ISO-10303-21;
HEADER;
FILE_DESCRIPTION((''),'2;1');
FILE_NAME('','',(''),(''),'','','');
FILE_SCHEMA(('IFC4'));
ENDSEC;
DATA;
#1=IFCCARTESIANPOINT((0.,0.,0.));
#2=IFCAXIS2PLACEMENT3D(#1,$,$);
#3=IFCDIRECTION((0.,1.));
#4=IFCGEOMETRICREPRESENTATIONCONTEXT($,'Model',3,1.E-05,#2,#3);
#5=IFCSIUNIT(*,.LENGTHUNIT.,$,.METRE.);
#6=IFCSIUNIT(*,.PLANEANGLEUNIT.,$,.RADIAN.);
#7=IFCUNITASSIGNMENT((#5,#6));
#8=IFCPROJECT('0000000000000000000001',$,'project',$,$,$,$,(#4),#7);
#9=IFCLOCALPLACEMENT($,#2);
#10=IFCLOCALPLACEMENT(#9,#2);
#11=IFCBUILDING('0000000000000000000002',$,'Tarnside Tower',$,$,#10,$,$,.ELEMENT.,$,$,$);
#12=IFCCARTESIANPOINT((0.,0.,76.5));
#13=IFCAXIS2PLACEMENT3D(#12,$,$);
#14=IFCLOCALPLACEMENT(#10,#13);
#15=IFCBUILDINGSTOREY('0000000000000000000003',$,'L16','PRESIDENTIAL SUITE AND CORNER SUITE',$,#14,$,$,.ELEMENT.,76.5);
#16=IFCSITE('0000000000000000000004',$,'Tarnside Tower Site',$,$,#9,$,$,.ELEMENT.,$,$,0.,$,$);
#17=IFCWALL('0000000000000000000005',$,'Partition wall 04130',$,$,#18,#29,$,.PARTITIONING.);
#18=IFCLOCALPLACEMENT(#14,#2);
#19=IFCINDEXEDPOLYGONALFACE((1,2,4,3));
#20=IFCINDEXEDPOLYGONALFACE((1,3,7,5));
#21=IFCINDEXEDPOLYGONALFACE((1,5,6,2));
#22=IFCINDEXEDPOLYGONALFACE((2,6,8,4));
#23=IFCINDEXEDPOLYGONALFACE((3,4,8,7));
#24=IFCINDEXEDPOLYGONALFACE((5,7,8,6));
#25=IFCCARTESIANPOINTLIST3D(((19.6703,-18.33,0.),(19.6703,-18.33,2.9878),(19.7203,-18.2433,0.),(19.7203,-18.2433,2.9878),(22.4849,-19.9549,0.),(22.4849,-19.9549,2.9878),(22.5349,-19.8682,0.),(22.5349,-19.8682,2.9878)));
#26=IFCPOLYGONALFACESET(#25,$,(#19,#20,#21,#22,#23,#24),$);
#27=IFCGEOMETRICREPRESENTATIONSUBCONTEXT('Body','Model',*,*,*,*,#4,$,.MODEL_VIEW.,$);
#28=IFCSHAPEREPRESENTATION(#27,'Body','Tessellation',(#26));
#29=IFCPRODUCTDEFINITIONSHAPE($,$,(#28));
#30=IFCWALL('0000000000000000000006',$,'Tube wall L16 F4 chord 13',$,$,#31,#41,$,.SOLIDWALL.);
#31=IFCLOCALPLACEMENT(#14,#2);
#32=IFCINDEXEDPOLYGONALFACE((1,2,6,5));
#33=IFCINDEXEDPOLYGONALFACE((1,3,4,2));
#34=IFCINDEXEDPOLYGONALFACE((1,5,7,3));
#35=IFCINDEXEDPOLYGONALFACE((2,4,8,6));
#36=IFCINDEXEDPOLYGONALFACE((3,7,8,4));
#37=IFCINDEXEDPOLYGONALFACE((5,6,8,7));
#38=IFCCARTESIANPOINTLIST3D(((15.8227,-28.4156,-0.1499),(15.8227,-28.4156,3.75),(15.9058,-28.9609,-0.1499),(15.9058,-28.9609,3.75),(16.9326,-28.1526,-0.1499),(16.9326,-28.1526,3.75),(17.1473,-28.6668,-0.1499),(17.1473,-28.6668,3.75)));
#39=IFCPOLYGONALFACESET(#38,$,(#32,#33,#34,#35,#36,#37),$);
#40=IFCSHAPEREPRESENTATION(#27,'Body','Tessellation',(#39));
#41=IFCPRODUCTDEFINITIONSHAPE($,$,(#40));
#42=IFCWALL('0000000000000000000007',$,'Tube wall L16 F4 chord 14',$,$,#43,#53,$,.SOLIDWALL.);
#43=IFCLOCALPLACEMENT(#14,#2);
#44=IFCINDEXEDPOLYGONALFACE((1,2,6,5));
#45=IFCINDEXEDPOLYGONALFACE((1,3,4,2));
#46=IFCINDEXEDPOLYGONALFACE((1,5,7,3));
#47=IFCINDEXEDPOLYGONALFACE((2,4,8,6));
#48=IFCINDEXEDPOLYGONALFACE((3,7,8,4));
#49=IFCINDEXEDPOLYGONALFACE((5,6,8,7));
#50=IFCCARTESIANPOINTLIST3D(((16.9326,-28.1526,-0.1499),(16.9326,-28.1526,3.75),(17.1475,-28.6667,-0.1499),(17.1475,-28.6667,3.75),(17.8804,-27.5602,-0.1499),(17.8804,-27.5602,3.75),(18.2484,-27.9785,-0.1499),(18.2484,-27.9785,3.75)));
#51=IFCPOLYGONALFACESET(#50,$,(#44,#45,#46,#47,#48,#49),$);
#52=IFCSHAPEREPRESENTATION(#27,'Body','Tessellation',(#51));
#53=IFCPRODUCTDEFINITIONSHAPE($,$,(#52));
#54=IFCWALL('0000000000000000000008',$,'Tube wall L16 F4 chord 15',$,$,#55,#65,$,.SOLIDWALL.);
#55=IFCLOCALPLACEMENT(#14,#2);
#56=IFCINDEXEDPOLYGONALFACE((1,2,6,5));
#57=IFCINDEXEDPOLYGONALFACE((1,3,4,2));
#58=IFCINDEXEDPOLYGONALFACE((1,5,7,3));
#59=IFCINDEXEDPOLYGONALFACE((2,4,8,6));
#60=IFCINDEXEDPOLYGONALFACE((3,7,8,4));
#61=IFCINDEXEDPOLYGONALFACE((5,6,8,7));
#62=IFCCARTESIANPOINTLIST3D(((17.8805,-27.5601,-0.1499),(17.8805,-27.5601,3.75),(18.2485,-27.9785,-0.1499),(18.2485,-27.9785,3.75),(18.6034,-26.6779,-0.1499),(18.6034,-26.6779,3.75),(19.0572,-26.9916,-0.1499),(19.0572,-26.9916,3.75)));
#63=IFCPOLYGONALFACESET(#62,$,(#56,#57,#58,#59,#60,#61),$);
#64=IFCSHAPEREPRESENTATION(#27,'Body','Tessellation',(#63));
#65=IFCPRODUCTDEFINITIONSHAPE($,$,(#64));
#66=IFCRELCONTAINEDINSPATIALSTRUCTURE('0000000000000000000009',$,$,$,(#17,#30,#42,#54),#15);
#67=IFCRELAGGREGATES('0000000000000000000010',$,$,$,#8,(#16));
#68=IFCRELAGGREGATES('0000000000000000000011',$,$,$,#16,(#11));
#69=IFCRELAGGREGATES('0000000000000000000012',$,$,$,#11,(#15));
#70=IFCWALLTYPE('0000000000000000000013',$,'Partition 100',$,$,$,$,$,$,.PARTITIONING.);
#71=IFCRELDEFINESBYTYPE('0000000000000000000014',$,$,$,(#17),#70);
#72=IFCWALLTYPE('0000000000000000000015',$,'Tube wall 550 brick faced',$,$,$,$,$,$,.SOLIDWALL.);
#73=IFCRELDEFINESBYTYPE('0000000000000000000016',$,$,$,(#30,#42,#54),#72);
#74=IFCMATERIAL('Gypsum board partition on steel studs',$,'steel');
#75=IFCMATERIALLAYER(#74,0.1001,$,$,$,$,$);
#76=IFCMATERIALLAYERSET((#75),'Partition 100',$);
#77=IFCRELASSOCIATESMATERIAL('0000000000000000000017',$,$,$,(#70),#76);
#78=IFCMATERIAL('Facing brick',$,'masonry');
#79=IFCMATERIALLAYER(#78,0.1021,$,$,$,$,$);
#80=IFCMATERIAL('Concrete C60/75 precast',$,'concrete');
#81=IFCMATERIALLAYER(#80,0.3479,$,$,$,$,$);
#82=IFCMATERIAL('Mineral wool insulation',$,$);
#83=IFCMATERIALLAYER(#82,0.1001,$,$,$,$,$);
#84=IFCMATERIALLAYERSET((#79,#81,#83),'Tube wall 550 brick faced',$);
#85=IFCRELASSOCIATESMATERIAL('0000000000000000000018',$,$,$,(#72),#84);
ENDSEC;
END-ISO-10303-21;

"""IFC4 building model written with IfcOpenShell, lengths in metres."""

from ifc_helpers import new_model, si_unit, direction, frame, frame_2d, origin, place, context, subcontext, project, spatial, polyline, rectangle, outline, extrude, material, layer, layer_set, type_object, element, save


model = new_model("IFC4")

# Units and contexts
model_context = context("Model", 3, precision=1e-05, world=origin(), true_north=direction((0.0, 1.0)))
body_context = subcontext(model_context, "Body", "Model", "MODEL_VIEW")
ifc_project = project(units=[si_unit("LENGTHUNIT", "METRE"), si_unit("PLANEANGLEUNIT", "RADIAN")], contexts=[model_context])

# Site, building, storey
site_placement = place(None, origin())
site = spatial("IfcSite", under=ifc_project, at=site_placement, Name="Tarnside Tower Site", CompositionType="ELEMENT", RefElevation=0.0)
building_placement = place(site_placement, origin())
building = spatial("IfcBuilding", under=site, at=building_placement, Name="Tarnside Tower", CompositionType="ELEMENT")
storey_placement = place(building_placement, frame((0.0, 0.0, 76.5)))
storey = spatial("IfcBuildingStorey", under=building, at=storey_placement, Name="L16", Description="PRESIDENTIAL SUITE AND CORNER SUITE", CompositionType="ELEMENT", Elevation=76.5)

# Walls
ifc_material_1 = material(Name="Gypsum board partition on steel studs", Category="steel")
ifc_layer_1 = layer(ifc_material_1, 0.1001)
ifc_layer_set_1 = layer_set([ifc_layer_1], Name="Partition 100")
wall_type_1 = type_object("IfcWallType", Name="Partition 100", PredefinedType="PARTITIONING", material=ifc_layer_set_1)
wall_1_placement = place(storey_placement, frame((19.6953, -18.2866, 0.0), z_axis=(0.0, 0.0, 1.0), x_axis=(0.866034, -0.499985, 0.0)))
element("IfcWall", 1, at=wall_1_placement, inside=storey, type_object=wall_type_1, Name="Partition wall 04130", PredefinedType="PARTITIONING", context=body_context, shape_type="SweptSolid", body=[
    extrude(rectangle(XDim=3.25, YDim=0.1001, at=frame_2d((1.625, 0.0))), origin(), (0.0, 0.0, 1.0), 2.9878),
])
ifc_material_2 = material(Name="Facing brick", Category="masonry")
ifc_layer_2 = layer(ifc_material_2, 0.1021)
ifc_material_3 = material(Name="Concrete C60/75 precast", Category="concrete")
ifc_layer_3 = layer(ifc_material_3, 0.3479)
ifc_material_4 = material(Name="Mineral wool insulation")
ifc_layer_4 = layer(ifc_material_4, 0.1001)
ifc_layer_set_2 = layer_set([ifc_layer_2, ifc_layer_3, ifc_layer_4], Name="Tube wall 550 brick faced")
wall_type_2 = type_object("IfcWallType", Name="Tube wall 550 brick faced", PredefinedType="SOLIDWALL", material=ifc_layer_set_2)
wall_2_placement = place(storey_placement, frame((15.8643, -28.6882, -0.1499), z_axis=(0.0, 0.0, 1.0), x_axis=(0.973064, 0.230537, 0.0)))
element("IfcWall", 2, at=wall_2_placement, inside=storey, type_object=wall_type_2, Name="Tube wall L16 F4 chord 13", PredefinedType="SOLIDWALL", context=body_context, shape_type="SweptSolid", body=[
    extrude(outline(polyline([(-0.0225, -0.2749), (1.2534, -0.2749), (1.1631, 0.2749), (0.0225, 0.2749), (-0.0225, -0.2749)])), origin(), (0.0, 0.0, 1.0), 3.8999),
])
wall_3_placement = place(storey_placement, frame((17.04, -28.4097, -0.1499), z_axis=(0.0, 0.0, 1.0), x_axis=(0.847953, 0.530072, 0.0)))
element("IfcWall", 3, at=wall_3_placement, inside=storey, type_object=wall_type_2, Name="Tube wall L16 F4 chord 14", PredefinedType="SOLIDWALL", context=body_context, shape_type="SweptSolid", body=[
    extrude(outline(polyline([(-0.0452, -0.2749), (1.2532, -0.2749), (1.1628, 0.2749), (0.0452, 0.2749), (-0.0452, -0.2749)])), origin(), (0.0, 0.0, 1.0), 3.8999),
])
wall_4_placement = place(storey_placement, frame((18.0645, -27.7693, -0.1499), z_axis=(0.0, 0.0, 1.0), x_axis=(0.633843, 0.773462, 0.0)))
element("IfcWall", 4, at=wall_4_placement, inside=storey, type_object=wall_type_2, Name="Tube wall L16 F4 chord 15", PredefinedType="SOLIDWALL", context=body_context, shape_type="SweptSolid", body=[
    extrude(outline(polyline([(-0.0452, -0.2749), (1.2307, -0.2749), (1.1858, 0.2749), (0.0452, 0.2749), (-0.0452, -0.2749)])), origin(), (0.0, 0.0, 1.0), 3.8999),
])

save(model, "model.ifc")
